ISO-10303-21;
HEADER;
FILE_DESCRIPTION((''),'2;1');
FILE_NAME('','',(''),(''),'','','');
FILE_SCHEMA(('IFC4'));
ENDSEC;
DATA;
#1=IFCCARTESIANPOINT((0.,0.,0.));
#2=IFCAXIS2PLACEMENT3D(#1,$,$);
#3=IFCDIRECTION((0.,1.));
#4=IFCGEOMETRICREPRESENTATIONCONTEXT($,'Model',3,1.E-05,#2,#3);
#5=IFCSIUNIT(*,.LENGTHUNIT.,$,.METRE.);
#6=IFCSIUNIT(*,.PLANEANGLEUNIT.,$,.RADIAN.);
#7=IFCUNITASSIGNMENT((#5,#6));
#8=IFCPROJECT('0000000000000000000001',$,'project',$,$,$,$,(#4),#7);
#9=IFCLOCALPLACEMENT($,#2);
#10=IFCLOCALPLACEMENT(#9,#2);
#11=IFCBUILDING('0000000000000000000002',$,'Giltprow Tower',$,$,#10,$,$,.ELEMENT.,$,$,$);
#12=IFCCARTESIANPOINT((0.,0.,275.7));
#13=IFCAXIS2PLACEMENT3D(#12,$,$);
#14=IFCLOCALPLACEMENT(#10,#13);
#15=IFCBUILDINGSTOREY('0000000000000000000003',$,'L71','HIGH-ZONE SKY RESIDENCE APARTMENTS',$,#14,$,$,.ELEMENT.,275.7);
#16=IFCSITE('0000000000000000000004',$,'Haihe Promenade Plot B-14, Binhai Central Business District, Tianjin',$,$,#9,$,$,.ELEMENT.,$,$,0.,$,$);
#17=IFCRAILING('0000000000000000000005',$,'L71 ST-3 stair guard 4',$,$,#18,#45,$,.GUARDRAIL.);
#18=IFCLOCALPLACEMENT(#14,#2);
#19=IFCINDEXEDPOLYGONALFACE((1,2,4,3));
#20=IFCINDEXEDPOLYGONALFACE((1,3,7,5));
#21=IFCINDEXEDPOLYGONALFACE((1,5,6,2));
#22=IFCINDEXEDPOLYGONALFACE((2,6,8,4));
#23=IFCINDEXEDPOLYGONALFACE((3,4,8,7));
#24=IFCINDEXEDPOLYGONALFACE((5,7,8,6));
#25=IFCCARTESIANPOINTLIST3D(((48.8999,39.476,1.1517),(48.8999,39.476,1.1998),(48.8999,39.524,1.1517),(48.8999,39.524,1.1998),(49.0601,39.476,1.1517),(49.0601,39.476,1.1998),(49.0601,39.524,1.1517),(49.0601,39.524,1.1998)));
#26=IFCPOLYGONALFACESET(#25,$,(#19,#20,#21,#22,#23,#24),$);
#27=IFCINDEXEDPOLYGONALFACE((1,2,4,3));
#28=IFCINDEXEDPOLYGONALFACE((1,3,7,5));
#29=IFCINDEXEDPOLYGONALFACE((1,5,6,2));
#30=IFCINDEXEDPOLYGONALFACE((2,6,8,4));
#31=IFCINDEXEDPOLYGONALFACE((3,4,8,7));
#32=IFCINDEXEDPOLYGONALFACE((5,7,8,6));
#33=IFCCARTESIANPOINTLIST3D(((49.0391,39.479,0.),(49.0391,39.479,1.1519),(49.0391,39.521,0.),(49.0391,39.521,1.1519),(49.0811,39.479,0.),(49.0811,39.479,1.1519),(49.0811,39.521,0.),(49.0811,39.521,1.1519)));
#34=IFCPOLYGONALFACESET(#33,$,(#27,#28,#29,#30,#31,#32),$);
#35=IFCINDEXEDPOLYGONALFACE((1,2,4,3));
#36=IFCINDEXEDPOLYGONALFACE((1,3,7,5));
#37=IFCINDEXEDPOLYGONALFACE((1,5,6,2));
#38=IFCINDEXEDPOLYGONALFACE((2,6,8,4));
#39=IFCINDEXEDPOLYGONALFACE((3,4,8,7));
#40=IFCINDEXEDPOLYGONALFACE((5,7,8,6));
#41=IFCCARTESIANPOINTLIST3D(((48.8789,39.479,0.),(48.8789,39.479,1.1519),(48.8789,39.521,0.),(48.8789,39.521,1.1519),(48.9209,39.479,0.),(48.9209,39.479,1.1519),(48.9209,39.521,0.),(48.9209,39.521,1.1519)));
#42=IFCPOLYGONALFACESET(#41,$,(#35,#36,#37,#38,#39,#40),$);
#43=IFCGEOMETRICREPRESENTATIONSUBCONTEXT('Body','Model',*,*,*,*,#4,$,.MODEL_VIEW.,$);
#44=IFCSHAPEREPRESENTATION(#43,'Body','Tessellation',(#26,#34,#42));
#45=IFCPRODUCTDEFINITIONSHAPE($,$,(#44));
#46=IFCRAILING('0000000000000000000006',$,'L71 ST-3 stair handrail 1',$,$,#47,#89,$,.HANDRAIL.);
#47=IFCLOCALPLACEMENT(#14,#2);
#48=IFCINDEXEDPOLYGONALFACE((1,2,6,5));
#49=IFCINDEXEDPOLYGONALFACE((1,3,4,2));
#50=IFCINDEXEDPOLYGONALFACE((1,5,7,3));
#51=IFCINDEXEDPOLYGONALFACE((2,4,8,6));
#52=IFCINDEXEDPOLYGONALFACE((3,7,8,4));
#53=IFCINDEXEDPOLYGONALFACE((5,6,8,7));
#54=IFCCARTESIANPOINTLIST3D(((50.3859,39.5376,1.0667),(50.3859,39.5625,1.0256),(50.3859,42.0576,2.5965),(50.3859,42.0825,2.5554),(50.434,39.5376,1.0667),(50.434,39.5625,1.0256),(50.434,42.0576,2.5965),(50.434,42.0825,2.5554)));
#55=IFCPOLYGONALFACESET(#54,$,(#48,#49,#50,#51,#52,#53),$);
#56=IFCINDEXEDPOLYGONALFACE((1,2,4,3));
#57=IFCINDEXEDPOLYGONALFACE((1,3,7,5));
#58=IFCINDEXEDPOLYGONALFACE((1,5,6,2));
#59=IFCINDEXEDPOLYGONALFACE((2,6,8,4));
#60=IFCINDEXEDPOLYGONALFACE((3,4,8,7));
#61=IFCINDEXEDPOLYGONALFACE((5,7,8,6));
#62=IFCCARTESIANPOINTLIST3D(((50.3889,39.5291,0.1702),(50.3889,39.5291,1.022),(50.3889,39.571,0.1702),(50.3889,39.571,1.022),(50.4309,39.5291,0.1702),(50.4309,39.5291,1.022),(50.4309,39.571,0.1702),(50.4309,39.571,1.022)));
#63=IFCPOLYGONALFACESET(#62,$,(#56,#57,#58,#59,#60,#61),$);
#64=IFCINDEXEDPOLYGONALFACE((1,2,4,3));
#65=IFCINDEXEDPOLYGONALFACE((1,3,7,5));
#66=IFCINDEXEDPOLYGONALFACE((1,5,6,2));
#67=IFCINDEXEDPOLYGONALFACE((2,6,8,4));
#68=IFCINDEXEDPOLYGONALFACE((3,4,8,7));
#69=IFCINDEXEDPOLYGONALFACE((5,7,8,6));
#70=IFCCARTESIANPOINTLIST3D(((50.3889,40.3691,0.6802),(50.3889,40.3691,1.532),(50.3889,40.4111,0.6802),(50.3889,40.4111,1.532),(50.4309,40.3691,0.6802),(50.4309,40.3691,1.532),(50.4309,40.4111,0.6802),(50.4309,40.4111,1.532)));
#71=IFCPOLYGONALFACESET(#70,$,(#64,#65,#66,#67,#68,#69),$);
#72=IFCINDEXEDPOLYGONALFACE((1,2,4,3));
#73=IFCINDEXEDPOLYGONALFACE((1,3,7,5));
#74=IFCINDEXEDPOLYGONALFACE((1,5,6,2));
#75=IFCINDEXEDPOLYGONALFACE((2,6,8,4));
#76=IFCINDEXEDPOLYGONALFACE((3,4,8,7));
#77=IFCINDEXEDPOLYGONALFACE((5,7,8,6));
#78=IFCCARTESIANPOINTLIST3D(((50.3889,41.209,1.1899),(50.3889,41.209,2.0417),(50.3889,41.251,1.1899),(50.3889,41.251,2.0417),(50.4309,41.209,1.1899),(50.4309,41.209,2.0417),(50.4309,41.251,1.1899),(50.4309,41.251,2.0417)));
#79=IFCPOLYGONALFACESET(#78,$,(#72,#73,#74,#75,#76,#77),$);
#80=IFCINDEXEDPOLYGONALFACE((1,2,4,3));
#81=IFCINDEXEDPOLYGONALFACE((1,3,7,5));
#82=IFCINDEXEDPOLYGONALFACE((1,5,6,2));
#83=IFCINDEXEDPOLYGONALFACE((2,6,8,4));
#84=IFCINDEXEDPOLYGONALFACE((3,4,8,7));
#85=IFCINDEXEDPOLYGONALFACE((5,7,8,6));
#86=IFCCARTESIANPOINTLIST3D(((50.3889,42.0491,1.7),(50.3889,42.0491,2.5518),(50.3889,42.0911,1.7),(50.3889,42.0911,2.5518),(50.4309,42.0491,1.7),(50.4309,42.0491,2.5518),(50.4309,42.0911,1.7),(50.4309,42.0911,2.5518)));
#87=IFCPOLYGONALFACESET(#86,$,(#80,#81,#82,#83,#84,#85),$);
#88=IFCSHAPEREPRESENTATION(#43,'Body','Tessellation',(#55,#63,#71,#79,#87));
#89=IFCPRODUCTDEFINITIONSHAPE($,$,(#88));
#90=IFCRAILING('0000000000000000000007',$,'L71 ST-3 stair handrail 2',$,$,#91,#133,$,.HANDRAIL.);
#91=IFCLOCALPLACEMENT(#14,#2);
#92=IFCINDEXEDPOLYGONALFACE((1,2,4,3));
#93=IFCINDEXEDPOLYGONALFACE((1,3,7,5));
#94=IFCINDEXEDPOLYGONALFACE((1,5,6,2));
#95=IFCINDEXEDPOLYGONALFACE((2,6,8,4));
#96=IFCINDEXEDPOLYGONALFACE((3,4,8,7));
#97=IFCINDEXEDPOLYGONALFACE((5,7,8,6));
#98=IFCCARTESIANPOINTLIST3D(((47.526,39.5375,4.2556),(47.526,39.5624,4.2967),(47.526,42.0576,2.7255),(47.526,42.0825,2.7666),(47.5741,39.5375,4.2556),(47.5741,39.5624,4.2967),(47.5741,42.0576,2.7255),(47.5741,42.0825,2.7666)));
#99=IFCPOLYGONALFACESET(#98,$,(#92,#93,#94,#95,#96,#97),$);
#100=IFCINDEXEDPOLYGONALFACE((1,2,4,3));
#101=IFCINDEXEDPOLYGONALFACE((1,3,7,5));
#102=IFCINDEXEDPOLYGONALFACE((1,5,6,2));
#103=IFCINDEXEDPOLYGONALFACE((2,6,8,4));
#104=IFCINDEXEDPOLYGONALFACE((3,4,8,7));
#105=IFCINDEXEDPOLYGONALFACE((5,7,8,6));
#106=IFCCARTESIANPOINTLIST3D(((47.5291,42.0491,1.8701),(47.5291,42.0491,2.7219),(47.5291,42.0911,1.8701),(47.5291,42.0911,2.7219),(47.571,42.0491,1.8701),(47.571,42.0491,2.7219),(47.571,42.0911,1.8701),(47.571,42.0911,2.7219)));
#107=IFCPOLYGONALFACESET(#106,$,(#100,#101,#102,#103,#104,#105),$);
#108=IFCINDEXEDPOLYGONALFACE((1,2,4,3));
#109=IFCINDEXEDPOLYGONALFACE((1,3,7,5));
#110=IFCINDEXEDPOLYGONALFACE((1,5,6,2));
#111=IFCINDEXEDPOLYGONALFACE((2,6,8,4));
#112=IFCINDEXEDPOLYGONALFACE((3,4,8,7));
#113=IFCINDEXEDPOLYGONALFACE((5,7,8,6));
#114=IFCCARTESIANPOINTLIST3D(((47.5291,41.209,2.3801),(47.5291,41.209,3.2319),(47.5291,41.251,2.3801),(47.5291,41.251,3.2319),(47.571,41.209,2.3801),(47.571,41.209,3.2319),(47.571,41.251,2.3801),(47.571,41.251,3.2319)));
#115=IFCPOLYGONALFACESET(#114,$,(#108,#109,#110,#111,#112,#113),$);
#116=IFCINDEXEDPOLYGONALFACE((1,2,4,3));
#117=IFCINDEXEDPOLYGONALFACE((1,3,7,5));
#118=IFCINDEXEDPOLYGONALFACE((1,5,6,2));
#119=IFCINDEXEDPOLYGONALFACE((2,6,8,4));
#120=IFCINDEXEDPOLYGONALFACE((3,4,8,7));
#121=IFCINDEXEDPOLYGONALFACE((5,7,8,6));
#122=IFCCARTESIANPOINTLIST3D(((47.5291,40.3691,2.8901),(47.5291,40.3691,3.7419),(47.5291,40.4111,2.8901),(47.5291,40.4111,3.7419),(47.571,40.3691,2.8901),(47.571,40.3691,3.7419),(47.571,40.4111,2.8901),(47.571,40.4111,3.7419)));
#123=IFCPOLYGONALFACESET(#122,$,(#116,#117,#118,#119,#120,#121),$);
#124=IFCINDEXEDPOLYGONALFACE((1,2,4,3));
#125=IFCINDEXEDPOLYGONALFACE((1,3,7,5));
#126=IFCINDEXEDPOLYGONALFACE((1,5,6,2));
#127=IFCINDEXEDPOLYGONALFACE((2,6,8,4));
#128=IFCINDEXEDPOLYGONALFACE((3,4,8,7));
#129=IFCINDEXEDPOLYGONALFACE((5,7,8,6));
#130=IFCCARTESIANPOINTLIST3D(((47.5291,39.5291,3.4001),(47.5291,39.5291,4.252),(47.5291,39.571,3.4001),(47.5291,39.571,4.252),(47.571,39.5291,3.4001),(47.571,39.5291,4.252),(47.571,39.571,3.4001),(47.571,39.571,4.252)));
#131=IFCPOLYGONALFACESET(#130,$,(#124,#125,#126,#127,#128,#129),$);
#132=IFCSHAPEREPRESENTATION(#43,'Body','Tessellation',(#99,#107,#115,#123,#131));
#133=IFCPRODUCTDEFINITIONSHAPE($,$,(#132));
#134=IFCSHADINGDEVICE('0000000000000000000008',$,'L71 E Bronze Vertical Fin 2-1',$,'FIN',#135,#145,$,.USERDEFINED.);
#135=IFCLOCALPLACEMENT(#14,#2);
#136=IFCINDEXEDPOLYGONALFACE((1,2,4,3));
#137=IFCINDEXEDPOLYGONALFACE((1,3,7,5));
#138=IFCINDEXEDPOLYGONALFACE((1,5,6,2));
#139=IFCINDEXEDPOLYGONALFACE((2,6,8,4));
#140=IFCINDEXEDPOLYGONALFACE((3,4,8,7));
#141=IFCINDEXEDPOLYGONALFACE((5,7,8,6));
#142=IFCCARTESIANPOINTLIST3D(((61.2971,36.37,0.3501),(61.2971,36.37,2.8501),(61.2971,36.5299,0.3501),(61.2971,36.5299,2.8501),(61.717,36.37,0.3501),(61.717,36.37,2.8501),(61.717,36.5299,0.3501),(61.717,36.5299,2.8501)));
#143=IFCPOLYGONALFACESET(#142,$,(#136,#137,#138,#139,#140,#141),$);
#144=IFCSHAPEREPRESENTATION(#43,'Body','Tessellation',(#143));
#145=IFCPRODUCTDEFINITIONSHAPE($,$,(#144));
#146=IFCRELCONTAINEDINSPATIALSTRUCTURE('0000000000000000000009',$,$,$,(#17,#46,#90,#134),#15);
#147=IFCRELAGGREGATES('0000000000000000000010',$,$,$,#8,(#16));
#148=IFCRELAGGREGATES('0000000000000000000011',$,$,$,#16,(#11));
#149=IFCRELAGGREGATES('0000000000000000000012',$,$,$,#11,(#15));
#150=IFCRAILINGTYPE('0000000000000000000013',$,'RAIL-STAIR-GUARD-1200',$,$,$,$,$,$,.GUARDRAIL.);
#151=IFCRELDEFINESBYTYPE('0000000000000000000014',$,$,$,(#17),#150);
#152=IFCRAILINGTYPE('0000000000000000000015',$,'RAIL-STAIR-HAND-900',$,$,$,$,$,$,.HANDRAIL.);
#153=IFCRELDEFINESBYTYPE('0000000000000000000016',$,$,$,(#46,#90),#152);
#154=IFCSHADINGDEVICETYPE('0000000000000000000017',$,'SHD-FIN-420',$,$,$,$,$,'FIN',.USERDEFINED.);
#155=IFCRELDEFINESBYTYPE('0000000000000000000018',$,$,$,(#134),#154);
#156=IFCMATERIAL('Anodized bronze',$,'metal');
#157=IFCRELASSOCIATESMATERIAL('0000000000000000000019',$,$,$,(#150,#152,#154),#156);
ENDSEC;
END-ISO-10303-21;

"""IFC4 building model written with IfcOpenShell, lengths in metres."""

from ifc_helpers import new_model, si_unit, direction, frame, origin, origin_2d, place, context, subcontext, project, spatial, rectangle, extrude, source, transform, mapped, material, type_object, element, save


model = new_model("IFC4")

# Units and contexts
model_context = context("Model", 3, precision=1e-05, world=origin(), true_north=direction((0.0, 1.0)))
body_context = subcontext(model_context, "Body", "Model", "MODEL_VIEW")
ifc_project = project(units=[si_unit("LENGTHUNIT", "METRE"), si_unit("PLANEANGLEUNIT", "RADIAN")], contexts=[model_context])

# Site, building, storey
site_placement = place(None, origin())
site = spatial("IfcSite", under=ifc_project, at=site_placement, Name="Haihe Promenade Plot B-14, Binhai Central Business District, Tianjin", CompositionType="ELEMENT", RefElevation=0.0)
building_placement = place(site_placement, origin())
building = spatial("IfcBuilding", under=site, at=building_placement, Name="Giltprow Tower", CompositionType="ELEMENT")
storey_placement = place(building_placement, frame((0.0, 0.0, 275.7)))
storey = spatial("IfcBuildingStorey", under=building, at=storey_placement, Name="L71", Description="HIGH-ZONE SKY RESIDENCE APARTMENTS", CompositionType="ELEMENT", Elevation=275.7)

# Railings
ifc_material_1 = material(Name="Anodized bronze", Category="metal")
railing_type_1 = type_object("IfcRailingType", Name="RAIL-STAIR-GUARD-1200", PredefinedType="GUARDRAIL", material=ifc_material_1)
railing_1_placement = place(storey_placement, frame((49.0601, 39.5, 0.0)))
element("IfcRailing", 1, at=railing_1_placement, inside=storey, type_object=railing_type_1, Name="L71 ST-3 stair guard 4", PredefinedType="GUARDRAIL", context=body_context, shape_type="SweptSolid", body=[
    extrude(rectangle(XDim=0.0481, YDim=0.0481, at=origin_2d()), frame((0.0, 0.0, 1.1758), z_axis=(-1.0, 0.0, 0.0), x_axis=(0.0, -1.0, 0.0)), (0.0, 0.0, 1.0), 0.1602),
    extrude(rectangle(XDim=0.042, YDim=0.042, at=origin_2d()), origin(), (0.0, 0.0, 1.0), 1.1519),
    extrude(rectangle(XDim=0.042, YDim=0.042, at=origin_2d()), frame((-0.1602, 0.0, 0.0)), (0.0, 0.0, 1.0), 1.1519),
])
railing_type_2 = type_object("IfcRailingType", Name="RAIL-STAIR-HAND-900", PredefinedType="HANDRAIL", material=ifc_material_1)
railing_2_placement = place(storey_placement, frame((50.4099, 39.55, 0.1702)))
element("IfcRailing", 2, at=railing_2_placement, inside=storey, type_object=railing_type_2, Name="L71 ST-3 stair handrail 1", PredefinedType="HANDRAIL", context=body_context, shape_type="SweptSolid", body=[
    extrude(rectangle(XDim=0.0481, YDim=0.0481, at=origin_2d()), frame((0.0, 0.0, 0.876), z_axis=(0.0, 0.854822, 0.518922), x_axis=(-1.0, 0.0, 0.0)), (0.0, 0.0, 1.0), 2.948),
    extrude(rectangle(XDim=0.042, YDim=0.042, at=origin_2d()), origin(), (0.0, 0.0, 1.0), 0.8518),
    extrude(rectangle(XDim=0.042, YDim=0.042, at=origin_2d()), frame((0.0, 0.8401, 0.51)), (0.0, 0.0, 1.0), 0.8518),
    extrude(rectangle(XDim=0.042, YDim=0.042, at=origin_2d()), frame((0.0, 1.6799, 1.0198)), (0.0, 0.0, 1.0), 0.8518),
    extrude(rectangle(XDim=0.042, YDim=0.042, at=origin_2d()), frame((0.0, 2.52, 1.5298)), (0.0, 0.0, 1.0), 0.8518),
])
railing_3_placement = place(storey_placement, frame((47.55, 42.0701, 1.8701)))
element("IfcRailing", 3, at=railing_3_placement, inside=storey, type_object=railing_type_2, Name="L71 ST-3 stair handrail 2", PredefinedType="HANDRAIL", context=body_context, shape_type="SweptSolid", body=[
    extrude(rectangle(XDim=0.0481, YDim=0.0481, at=origin_2d()), frame((0.0, 0.0, 0.876), z_axis=(0.0, -0.854785, 0.518982), x_axis=(1.0, 0.0, 0.0)), (0.0, 0.0, 1.0), 2.9482),
    extrude(rectangle(XDim=0.042, YDim=0.042, at=origin_2d()), origin(), (0.0, 0.0, 1.0), 0.8518),
    extrude(rectangle(XDim=0.042, YDim=0.042, at=origin_2d()), frame((0.0, -0.8401, 0.51)), (0.0, 0.0, 1.0), 0.8518),
    extrude(rectangle(XDim=0.042, YDim=0.042, at=origin_2d()), frame((0.0, -1.6799, 1.02)), (0.0, 0.0, 1.0), 0.8518),
    extrude(rectangle(XDim=0.042, YDim=0.042, at=origin_2d()), frame((0.0, -2.52, 1.53)), (0.0, 0.0, 1.0), 0.8518),
])

# Shading device
shading_device_type = type_object("IfcShadingDeviceType", Name="SHD-FIN-420", ElementType="FIN", PredefinedType="USERDEFINED", material=ifc_material_1)
shared_shape_1 = source(origin(), body_context, "Body", "SweptSolid", [
    extrude(rectangle(XDim=0.4199, YDim=0.1599, at=origin_2d()), origin(), (0.0, 0.0, 1.0), 2.5),
])
shading_device_placement = place(storey_placement, frame((61.5071, 36.45, 0.3501), z_axis=(0.0, 0.0, 1.0), x_axis=(1.0, 0.0, 0.0)))
element("IfcShadingDevice", 4, at=shading_device_placement, inside=storey, type_object=shading_device_type, Name="L71 E Bronze Vertical Fin 2-1", ObjectType="FIN", PredefinedType="USERDEFINED", context=body_context, shape_type="MappedRepresentation", body=[
    mapped(shared_shape_1, transform((0.0, 0.0, 0.0), x_axis=(1.0, 0.0, 0.0), y_axis=(0.0, 1.0, 0.0), z_axis=(0.0, 0.0, 1.0), scale=1.0)),
])

save(model, "model.ifc")
